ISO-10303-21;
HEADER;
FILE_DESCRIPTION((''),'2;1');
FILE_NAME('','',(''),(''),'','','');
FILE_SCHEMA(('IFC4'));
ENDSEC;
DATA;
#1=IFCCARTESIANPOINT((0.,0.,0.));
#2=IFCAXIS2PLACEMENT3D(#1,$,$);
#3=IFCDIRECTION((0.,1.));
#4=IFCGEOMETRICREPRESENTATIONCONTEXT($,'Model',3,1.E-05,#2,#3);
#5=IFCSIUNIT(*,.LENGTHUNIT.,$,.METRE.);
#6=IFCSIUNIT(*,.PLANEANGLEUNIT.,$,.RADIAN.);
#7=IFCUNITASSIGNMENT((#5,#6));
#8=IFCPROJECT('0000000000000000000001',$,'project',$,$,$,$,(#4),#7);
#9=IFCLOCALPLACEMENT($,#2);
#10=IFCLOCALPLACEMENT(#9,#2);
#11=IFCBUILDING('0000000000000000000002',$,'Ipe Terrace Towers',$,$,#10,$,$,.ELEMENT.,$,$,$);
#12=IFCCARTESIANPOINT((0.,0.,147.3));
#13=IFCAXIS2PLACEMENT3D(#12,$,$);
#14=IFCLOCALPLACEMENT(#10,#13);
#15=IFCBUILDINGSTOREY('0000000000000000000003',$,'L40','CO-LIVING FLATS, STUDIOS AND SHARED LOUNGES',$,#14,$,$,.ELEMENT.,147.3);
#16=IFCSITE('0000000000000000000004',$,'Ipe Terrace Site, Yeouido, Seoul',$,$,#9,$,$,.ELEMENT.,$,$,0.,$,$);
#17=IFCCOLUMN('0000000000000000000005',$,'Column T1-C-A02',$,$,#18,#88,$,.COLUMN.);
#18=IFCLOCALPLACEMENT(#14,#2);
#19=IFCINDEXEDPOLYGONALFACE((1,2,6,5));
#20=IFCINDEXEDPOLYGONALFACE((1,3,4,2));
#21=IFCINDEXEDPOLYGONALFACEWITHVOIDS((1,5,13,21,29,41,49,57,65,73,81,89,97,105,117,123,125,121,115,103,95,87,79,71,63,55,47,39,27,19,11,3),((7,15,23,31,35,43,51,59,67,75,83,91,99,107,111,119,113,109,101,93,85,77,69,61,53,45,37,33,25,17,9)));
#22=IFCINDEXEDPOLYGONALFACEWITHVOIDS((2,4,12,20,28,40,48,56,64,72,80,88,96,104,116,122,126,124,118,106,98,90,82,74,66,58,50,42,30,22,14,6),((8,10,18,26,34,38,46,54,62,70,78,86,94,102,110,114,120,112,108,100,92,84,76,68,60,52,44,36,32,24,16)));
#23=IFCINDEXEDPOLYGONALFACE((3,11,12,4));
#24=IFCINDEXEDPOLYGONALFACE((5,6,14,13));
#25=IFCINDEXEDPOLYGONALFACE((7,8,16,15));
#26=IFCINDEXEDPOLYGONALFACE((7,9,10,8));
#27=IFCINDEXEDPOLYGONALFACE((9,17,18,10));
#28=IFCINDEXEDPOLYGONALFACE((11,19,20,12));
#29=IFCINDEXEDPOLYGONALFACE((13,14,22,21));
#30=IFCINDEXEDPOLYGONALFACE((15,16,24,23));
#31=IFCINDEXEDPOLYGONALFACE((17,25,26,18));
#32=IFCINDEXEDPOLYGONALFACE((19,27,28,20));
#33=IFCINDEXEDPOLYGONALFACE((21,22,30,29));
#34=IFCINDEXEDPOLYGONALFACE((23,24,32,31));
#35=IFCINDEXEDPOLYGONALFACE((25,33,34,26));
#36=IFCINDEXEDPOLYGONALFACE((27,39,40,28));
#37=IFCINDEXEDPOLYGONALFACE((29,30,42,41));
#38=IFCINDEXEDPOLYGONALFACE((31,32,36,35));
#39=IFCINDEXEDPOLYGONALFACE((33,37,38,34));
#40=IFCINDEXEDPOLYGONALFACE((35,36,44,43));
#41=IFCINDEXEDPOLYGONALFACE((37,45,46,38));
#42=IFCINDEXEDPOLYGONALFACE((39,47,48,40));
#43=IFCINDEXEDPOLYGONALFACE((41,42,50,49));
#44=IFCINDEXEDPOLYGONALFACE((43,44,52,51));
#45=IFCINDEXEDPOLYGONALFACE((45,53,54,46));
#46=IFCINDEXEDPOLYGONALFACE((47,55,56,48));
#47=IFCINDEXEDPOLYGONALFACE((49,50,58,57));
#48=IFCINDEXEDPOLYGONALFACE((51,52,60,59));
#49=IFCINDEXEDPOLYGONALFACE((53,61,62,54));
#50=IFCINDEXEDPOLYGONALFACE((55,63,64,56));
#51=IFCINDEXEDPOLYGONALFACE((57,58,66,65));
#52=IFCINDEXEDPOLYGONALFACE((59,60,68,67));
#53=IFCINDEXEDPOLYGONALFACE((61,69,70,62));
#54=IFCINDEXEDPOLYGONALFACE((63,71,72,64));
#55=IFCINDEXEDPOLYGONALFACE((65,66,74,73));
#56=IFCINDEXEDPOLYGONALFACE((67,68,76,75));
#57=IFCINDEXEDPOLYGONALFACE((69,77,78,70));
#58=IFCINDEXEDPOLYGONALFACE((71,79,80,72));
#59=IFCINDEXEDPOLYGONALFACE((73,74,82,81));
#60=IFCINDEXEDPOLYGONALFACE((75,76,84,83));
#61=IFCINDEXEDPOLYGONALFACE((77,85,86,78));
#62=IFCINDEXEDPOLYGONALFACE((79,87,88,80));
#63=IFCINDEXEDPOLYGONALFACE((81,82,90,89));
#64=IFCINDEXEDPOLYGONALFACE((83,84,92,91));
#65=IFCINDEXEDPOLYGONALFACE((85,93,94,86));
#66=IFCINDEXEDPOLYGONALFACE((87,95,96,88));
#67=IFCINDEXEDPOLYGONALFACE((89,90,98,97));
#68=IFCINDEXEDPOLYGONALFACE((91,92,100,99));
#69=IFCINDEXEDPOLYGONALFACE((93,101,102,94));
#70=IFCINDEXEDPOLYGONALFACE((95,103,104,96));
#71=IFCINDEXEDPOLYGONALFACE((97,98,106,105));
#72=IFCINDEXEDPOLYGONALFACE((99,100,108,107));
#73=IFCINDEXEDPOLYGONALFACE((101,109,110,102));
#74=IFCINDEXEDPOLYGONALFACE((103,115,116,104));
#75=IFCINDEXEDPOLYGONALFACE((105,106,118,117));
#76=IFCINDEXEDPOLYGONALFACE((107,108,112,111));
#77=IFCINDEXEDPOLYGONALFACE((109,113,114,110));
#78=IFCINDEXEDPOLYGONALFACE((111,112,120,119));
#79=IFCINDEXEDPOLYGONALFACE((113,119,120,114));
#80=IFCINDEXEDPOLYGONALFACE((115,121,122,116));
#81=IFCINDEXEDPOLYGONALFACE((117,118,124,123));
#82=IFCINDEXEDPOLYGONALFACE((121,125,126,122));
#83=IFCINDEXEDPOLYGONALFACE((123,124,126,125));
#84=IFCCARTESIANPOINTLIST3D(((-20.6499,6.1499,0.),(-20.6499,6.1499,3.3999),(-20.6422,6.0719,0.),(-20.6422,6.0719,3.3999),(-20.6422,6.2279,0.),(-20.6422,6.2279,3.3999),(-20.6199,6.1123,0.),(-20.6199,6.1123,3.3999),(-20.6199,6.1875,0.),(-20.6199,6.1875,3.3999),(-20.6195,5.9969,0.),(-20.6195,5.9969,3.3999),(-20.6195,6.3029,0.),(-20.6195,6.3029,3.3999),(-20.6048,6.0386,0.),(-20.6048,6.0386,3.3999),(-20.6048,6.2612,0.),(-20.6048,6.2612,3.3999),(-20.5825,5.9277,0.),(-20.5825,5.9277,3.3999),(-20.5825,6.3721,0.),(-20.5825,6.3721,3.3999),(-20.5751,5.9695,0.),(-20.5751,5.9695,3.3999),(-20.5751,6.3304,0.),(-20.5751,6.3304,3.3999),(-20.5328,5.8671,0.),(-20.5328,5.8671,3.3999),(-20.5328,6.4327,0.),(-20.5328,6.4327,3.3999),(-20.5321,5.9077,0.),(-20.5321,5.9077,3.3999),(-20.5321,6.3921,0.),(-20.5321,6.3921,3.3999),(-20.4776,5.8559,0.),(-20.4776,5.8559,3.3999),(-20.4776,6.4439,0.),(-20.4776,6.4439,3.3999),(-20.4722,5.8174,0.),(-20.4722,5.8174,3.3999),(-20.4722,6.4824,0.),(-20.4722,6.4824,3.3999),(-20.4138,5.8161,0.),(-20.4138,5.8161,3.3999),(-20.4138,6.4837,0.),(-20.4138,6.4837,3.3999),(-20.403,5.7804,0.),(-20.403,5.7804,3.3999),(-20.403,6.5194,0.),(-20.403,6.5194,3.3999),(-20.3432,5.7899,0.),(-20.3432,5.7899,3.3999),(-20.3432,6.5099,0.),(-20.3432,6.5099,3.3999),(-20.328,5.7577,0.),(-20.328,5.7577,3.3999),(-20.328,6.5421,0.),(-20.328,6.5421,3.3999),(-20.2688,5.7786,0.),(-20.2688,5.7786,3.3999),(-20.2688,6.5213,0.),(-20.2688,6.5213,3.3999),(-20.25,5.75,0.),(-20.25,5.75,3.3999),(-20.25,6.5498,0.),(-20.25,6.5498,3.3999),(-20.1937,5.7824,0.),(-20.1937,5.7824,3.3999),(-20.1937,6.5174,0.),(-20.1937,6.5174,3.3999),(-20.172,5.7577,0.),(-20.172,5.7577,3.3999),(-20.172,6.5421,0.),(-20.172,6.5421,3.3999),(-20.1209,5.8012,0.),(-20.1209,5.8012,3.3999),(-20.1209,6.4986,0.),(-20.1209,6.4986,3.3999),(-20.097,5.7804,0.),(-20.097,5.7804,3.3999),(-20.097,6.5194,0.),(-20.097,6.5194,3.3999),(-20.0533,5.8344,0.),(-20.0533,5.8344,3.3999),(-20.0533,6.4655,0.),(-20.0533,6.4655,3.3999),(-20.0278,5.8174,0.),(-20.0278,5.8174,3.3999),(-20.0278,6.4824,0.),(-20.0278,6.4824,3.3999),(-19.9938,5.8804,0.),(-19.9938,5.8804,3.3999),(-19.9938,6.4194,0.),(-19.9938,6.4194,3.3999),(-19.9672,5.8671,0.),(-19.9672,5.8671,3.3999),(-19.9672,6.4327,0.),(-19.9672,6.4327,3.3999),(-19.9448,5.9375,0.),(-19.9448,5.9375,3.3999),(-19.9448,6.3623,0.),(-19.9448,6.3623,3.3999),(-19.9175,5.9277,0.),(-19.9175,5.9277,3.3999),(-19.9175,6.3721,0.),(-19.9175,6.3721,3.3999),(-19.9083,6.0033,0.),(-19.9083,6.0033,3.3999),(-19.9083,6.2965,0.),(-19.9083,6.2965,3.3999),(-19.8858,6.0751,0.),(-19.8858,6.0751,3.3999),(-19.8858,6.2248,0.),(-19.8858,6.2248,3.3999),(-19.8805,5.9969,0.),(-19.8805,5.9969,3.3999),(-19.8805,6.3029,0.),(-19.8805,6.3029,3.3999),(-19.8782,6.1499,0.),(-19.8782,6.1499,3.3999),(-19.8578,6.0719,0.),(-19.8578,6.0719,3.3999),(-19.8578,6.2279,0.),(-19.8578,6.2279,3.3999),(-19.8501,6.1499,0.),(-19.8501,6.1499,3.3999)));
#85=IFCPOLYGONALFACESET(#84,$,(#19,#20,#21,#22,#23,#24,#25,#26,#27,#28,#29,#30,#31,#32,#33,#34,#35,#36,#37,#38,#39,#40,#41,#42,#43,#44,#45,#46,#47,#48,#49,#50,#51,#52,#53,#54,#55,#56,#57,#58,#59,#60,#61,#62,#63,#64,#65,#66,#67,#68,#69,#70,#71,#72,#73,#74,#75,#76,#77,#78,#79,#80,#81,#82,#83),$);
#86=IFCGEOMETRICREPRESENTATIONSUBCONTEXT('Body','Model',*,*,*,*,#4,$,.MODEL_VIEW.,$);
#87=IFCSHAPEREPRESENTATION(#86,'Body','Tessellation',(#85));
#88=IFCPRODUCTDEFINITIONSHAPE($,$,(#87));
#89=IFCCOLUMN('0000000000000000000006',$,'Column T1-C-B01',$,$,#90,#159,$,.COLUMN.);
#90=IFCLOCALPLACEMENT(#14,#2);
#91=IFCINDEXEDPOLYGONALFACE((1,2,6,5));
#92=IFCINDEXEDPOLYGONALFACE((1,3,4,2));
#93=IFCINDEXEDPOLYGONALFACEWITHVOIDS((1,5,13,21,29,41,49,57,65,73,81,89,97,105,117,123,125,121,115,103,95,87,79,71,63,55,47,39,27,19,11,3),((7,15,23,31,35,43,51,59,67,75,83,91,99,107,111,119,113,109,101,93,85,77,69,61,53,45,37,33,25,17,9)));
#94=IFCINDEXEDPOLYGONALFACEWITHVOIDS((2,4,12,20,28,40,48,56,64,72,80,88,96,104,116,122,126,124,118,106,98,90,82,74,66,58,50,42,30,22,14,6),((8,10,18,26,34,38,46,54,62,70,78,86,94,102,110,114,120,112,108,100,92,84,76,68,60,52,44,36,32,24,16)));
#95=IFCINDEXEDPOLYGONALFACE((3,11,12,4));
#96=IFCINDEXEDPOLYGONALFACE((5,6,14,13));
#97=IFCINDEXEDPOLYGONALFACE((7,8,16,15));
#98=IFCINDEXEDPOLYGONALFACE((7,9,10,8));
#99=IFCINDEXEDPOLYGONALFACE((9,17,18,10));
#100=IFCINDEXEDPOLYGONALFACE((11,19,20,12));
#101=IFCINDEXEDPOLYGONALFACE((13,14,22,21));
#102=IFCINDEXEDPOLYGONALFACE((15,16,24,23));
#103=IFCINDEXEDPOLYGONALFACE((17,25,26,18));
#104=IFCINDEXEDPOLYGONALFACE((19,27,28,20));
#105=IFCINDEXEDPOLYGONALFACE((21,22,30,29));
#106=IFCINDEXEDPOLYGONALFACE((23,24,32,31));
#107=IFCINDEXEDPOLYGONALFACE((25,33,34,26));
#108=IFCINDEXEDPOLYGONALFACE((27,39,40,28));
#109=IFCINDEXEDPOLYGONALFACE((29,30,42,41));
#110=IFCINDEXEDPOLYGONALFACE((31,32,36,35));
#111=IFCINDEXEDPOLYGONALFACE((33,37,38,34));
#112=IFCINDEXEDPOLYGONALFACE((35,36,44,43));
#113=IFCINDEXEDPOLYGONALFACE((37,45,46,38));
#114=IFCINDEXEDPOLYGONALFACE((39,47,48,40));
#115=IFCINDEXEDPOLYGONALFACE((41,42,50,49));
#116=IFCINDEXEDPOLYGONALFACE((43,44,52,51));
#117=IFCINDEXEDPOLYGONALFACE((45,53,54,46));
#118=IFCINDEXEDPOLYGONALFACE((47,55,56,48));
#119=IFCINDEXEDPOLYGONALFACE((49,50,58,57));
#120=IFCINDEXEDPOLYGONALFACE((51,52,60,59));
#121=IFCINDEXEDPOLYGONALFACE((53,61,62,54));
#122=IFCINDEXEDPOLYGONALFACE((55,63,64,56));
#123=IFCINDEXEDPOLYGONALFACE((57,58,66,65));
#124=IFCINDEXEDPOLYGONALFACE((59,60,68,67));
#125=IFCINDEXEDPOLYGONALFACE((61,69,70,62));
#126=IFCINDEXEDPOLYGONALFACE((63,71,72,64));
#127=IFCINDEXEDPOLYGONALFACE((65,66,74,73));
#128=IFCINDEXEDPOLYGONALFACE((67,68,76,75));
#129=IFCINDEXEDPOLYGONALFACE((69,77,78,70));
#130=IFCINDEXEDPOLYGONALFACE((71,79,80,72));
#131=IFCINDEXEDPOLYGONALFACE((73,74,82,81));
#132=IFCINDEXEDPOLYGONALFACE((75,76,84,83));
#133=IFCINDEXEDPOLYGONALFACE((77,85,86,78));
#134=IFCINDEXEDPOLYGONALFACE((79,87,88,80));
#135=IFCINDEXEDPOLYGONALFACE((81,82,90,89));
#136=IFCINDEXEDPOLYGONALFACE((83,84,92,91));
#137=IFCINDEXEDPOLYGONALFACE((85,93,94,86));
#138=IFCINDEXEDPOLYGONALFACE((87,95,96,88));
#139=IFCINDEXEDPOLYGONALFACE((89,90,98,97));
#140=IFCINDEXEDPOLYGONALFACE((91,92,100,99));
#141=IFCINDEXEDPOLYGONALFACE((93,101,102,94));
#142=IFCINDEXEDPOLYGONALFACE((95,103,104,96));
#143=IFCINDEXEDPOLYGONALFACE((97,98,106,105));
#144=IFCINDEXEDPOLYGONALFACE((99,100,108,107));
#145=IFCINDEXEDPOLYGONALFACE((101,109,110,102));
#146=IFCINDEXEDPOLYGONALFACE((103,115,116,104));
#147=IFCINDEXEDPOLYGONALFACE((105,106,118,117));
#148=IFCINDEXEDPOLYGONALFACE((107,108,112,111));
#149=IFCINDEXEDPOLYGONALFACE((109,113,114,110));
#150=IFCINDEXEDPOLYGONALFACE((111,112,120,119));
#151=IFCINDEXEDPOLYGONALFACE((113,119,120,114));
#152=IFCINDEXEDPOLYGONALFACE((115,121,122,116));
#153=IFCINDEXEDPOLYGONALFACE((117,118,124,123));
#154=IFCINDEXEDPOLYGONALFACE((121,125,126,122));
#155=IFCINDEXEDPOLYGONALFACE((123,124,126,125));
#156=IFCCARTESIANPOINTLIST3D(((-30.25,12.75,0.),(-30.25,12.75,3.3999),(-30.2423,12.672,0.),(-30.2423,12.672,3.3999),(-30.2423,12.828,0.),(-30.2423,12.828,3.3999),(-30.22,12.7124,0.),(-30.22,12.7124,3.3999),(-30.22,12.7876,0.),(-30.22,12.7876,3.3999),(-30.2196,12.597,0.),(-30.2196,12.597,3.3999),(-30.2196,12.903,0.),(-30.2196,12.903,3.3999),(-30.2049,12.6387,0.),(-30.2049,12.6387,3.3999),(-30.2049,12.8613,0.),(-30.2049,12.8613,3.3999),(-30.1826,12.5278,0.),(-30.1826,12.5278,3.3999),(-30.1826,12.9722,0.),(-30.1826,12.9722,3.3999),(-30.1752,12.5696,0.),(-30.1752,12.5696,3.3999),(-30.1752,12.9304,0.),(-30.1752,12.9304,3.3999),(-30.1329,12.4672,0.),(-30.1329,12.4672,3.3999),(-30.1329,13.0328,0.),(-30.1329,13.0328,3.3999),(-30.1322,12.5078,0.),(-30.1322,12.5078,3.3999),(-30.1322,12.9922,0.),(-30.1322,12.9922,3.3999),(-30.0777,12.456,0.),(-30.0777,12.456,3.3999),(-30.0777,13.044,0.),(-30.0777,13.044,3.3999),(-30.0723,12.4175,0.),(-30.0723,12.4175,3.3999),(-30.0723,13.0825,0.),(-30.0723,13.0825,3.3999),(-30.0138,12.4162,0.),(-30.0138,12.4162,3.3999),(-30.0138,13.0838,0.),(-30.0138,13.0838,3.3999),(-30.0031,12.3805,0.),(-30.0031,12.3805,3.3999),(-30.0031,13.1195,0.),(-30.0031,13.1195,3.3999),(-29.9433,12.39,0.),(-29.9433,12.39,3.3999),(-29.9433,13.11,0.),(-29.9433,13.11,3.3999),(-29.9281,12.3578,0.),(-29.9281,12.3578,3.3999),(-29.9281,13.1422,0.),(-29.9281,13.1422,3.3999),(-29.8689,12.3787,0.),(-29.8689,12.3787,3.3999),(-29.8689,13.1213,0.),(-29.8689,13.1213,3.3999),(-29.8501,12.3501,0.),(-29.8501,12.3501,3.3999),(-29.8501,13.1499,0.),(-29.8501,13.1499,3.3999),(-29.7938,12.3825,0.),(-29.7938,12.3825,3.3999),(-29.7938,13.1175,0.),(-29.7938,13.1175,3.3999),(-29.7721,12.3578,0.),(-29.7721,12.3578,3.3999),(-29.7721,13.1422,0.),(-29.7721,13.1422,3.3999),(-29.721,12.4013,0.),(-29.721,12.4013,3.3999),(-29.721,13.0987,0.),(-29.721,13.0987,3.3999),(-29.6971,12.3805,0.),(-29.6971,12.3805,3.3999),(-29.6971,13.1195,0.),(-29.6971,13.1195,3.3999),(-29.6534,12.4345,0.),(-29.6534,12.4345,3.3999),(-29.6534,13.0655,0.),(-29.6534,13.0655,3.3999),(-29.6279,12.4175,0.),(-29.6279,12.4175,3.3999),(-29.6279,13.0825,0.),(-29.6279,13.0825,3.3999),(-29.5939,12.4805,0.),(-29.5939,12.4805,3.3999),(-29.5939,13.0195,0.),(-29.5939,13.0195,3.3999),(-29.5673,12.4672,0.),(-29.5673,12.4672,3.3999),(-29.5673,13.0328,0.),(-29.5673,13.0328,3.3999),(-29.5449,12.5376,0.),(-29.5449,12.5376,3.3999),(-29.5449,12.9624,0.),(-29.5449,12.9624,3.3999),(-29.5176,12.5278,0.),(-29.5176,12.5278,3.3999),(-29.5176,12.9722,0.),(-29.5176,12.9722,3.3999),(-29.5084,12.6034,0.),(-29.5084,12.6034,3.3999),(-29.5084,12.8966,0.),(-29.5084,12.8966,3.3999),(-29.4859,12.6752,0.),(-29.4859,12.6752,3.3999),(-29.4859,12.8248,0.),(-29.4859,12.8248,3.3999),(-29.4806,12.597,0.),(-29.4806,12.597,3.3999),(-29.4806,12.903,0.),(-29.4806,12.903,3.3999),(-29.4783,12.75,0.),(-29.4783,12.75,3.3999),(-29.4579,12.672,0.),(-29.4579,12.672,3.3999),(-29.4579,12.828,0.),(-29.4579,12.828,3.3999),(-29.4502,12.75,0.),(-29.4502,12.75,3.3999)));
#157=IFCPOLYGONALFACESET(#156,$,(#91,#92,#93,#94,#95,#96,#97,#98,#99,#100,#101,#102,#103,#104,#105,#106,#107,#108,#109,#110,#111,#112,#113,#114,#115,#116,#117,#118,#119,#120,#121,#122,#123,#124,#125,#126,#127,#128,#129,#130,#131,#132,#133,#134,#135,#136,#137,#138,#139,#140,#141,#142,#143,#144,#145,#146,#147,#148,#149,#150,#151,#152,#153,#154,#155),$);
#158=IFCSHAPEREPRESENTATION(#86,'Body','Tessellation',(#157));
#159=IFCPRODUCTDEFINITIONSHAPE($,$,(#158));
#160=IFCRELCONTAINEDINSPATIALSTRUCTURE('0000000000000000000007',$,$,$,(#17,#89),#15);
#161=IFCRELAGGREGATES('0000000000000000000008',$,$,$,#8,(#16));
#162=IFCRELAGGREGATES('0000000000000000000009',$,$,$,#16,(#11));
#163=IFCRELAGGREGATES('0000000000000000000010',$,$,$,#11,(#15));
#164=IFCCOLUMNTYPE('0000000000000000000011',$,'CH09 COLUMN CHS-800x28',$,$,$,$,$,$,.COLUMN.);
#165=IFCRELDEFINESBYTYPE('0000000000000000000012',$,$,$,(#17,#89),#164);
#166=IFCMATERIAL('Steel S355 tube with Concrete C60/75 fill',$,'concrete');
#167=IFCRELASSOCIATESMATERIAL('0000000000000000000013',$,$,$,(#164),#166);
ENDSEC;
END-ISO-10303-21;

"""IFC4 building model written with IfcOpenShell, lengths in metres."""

from ifc_helpers import new_model, si_unit, direction, frame, origin, origin_2d, place, context, subcontext, project, spatial, hollow_circle, extrude, material, material_profile, profile_set, type_object, element, save


model = new_model("IFC4")

# Units and contexts
model_context = context("Model", 3, precision=1e-05, world=origin(), true_north=direction((0.0, 1.0)))
body_context = subcontext(model_context, "Body", "Model", "MODEL_VIEW")
ifc_project = project(units=[si_unit("LENGTHUNIT", "METRE"), si_unit("PLANEANGLEUNIT", "RADIAN")], contexts=[model_context])

# Site, building, storey
site_placement = place(None, origin())
site = spatial("IfcSite", under=ifc_project, at=site_placement, Name="Ipe Terrace Site, Yeouido, Seoul", CompositionType="ELEMENT", RefElevation=0.0)
building_placement = place(site_placement, origin())
building = spatial("IfcBuilding", under=site, at=building_placement, Name="Ipe Terrace Towers", CompositionType="ELEMENT")
storey_placement = place(building_placement, frame((0.0, 0.0, 147.3)))
storey = spatial("IfcBuildingStorey", under=building, at=storey_placement, Name="L40", Description="CO-LIVING FLATS, STUDIOS AND SHARED LOUNGES", CompositionType="ELEMENT", Elevation=147.3)

# Columns
ifc_material_1 = material(Name="Steel S355 tube with Concrete C60/75 fill", Category="concrete")
ifc_material_profile_1 = material_profile(ifc_material_1, hollow_circle(Radius=0.3999, WallThickness=0.0281, at=origin_2d()), Name="CHS-800x28")
ifc_profile_set_1 = profile_set([ifc_material_profile_1], Name="Steel S355 tube with Concrete C60/75 fill")
column_type_1 = type_object("IfcColumnType", Name="CH09 COLUMN CHS-800x28", PredefinedType="COLUMN", material=ifc_profile_set_1)
for number, where, z_axis, x_axis, name in (
    (1, (-20.25, 6.1499, 0.0), (0.0, 0.0, 1.0), (1.0, 0.0, 0.0), "Column T1-C-A02"),
    (2, (-29.8501, 12.75, 0.0), (0.0, 0.0, 1.0), (1.0, 0.0, 0.0), "Column T1-C-B01"),
):
    element("IfcColumn", number, at=place(storey_placement, frame(where, z_axis=z_axis, x_axis=x_axis)), inside=storey, type_object=column_type_1, Name=name, PredefinedType="COLUMN", context=body_context, shape_type="SweptSolid", body=[
        extrude(hollow_circle(Radius=0.3999, WallThickness=0.0281, at=origin_2d()), origin(), (0.0, 0.0, 1.0), 3.3999),
    ])

save(model, "model.ifc")
